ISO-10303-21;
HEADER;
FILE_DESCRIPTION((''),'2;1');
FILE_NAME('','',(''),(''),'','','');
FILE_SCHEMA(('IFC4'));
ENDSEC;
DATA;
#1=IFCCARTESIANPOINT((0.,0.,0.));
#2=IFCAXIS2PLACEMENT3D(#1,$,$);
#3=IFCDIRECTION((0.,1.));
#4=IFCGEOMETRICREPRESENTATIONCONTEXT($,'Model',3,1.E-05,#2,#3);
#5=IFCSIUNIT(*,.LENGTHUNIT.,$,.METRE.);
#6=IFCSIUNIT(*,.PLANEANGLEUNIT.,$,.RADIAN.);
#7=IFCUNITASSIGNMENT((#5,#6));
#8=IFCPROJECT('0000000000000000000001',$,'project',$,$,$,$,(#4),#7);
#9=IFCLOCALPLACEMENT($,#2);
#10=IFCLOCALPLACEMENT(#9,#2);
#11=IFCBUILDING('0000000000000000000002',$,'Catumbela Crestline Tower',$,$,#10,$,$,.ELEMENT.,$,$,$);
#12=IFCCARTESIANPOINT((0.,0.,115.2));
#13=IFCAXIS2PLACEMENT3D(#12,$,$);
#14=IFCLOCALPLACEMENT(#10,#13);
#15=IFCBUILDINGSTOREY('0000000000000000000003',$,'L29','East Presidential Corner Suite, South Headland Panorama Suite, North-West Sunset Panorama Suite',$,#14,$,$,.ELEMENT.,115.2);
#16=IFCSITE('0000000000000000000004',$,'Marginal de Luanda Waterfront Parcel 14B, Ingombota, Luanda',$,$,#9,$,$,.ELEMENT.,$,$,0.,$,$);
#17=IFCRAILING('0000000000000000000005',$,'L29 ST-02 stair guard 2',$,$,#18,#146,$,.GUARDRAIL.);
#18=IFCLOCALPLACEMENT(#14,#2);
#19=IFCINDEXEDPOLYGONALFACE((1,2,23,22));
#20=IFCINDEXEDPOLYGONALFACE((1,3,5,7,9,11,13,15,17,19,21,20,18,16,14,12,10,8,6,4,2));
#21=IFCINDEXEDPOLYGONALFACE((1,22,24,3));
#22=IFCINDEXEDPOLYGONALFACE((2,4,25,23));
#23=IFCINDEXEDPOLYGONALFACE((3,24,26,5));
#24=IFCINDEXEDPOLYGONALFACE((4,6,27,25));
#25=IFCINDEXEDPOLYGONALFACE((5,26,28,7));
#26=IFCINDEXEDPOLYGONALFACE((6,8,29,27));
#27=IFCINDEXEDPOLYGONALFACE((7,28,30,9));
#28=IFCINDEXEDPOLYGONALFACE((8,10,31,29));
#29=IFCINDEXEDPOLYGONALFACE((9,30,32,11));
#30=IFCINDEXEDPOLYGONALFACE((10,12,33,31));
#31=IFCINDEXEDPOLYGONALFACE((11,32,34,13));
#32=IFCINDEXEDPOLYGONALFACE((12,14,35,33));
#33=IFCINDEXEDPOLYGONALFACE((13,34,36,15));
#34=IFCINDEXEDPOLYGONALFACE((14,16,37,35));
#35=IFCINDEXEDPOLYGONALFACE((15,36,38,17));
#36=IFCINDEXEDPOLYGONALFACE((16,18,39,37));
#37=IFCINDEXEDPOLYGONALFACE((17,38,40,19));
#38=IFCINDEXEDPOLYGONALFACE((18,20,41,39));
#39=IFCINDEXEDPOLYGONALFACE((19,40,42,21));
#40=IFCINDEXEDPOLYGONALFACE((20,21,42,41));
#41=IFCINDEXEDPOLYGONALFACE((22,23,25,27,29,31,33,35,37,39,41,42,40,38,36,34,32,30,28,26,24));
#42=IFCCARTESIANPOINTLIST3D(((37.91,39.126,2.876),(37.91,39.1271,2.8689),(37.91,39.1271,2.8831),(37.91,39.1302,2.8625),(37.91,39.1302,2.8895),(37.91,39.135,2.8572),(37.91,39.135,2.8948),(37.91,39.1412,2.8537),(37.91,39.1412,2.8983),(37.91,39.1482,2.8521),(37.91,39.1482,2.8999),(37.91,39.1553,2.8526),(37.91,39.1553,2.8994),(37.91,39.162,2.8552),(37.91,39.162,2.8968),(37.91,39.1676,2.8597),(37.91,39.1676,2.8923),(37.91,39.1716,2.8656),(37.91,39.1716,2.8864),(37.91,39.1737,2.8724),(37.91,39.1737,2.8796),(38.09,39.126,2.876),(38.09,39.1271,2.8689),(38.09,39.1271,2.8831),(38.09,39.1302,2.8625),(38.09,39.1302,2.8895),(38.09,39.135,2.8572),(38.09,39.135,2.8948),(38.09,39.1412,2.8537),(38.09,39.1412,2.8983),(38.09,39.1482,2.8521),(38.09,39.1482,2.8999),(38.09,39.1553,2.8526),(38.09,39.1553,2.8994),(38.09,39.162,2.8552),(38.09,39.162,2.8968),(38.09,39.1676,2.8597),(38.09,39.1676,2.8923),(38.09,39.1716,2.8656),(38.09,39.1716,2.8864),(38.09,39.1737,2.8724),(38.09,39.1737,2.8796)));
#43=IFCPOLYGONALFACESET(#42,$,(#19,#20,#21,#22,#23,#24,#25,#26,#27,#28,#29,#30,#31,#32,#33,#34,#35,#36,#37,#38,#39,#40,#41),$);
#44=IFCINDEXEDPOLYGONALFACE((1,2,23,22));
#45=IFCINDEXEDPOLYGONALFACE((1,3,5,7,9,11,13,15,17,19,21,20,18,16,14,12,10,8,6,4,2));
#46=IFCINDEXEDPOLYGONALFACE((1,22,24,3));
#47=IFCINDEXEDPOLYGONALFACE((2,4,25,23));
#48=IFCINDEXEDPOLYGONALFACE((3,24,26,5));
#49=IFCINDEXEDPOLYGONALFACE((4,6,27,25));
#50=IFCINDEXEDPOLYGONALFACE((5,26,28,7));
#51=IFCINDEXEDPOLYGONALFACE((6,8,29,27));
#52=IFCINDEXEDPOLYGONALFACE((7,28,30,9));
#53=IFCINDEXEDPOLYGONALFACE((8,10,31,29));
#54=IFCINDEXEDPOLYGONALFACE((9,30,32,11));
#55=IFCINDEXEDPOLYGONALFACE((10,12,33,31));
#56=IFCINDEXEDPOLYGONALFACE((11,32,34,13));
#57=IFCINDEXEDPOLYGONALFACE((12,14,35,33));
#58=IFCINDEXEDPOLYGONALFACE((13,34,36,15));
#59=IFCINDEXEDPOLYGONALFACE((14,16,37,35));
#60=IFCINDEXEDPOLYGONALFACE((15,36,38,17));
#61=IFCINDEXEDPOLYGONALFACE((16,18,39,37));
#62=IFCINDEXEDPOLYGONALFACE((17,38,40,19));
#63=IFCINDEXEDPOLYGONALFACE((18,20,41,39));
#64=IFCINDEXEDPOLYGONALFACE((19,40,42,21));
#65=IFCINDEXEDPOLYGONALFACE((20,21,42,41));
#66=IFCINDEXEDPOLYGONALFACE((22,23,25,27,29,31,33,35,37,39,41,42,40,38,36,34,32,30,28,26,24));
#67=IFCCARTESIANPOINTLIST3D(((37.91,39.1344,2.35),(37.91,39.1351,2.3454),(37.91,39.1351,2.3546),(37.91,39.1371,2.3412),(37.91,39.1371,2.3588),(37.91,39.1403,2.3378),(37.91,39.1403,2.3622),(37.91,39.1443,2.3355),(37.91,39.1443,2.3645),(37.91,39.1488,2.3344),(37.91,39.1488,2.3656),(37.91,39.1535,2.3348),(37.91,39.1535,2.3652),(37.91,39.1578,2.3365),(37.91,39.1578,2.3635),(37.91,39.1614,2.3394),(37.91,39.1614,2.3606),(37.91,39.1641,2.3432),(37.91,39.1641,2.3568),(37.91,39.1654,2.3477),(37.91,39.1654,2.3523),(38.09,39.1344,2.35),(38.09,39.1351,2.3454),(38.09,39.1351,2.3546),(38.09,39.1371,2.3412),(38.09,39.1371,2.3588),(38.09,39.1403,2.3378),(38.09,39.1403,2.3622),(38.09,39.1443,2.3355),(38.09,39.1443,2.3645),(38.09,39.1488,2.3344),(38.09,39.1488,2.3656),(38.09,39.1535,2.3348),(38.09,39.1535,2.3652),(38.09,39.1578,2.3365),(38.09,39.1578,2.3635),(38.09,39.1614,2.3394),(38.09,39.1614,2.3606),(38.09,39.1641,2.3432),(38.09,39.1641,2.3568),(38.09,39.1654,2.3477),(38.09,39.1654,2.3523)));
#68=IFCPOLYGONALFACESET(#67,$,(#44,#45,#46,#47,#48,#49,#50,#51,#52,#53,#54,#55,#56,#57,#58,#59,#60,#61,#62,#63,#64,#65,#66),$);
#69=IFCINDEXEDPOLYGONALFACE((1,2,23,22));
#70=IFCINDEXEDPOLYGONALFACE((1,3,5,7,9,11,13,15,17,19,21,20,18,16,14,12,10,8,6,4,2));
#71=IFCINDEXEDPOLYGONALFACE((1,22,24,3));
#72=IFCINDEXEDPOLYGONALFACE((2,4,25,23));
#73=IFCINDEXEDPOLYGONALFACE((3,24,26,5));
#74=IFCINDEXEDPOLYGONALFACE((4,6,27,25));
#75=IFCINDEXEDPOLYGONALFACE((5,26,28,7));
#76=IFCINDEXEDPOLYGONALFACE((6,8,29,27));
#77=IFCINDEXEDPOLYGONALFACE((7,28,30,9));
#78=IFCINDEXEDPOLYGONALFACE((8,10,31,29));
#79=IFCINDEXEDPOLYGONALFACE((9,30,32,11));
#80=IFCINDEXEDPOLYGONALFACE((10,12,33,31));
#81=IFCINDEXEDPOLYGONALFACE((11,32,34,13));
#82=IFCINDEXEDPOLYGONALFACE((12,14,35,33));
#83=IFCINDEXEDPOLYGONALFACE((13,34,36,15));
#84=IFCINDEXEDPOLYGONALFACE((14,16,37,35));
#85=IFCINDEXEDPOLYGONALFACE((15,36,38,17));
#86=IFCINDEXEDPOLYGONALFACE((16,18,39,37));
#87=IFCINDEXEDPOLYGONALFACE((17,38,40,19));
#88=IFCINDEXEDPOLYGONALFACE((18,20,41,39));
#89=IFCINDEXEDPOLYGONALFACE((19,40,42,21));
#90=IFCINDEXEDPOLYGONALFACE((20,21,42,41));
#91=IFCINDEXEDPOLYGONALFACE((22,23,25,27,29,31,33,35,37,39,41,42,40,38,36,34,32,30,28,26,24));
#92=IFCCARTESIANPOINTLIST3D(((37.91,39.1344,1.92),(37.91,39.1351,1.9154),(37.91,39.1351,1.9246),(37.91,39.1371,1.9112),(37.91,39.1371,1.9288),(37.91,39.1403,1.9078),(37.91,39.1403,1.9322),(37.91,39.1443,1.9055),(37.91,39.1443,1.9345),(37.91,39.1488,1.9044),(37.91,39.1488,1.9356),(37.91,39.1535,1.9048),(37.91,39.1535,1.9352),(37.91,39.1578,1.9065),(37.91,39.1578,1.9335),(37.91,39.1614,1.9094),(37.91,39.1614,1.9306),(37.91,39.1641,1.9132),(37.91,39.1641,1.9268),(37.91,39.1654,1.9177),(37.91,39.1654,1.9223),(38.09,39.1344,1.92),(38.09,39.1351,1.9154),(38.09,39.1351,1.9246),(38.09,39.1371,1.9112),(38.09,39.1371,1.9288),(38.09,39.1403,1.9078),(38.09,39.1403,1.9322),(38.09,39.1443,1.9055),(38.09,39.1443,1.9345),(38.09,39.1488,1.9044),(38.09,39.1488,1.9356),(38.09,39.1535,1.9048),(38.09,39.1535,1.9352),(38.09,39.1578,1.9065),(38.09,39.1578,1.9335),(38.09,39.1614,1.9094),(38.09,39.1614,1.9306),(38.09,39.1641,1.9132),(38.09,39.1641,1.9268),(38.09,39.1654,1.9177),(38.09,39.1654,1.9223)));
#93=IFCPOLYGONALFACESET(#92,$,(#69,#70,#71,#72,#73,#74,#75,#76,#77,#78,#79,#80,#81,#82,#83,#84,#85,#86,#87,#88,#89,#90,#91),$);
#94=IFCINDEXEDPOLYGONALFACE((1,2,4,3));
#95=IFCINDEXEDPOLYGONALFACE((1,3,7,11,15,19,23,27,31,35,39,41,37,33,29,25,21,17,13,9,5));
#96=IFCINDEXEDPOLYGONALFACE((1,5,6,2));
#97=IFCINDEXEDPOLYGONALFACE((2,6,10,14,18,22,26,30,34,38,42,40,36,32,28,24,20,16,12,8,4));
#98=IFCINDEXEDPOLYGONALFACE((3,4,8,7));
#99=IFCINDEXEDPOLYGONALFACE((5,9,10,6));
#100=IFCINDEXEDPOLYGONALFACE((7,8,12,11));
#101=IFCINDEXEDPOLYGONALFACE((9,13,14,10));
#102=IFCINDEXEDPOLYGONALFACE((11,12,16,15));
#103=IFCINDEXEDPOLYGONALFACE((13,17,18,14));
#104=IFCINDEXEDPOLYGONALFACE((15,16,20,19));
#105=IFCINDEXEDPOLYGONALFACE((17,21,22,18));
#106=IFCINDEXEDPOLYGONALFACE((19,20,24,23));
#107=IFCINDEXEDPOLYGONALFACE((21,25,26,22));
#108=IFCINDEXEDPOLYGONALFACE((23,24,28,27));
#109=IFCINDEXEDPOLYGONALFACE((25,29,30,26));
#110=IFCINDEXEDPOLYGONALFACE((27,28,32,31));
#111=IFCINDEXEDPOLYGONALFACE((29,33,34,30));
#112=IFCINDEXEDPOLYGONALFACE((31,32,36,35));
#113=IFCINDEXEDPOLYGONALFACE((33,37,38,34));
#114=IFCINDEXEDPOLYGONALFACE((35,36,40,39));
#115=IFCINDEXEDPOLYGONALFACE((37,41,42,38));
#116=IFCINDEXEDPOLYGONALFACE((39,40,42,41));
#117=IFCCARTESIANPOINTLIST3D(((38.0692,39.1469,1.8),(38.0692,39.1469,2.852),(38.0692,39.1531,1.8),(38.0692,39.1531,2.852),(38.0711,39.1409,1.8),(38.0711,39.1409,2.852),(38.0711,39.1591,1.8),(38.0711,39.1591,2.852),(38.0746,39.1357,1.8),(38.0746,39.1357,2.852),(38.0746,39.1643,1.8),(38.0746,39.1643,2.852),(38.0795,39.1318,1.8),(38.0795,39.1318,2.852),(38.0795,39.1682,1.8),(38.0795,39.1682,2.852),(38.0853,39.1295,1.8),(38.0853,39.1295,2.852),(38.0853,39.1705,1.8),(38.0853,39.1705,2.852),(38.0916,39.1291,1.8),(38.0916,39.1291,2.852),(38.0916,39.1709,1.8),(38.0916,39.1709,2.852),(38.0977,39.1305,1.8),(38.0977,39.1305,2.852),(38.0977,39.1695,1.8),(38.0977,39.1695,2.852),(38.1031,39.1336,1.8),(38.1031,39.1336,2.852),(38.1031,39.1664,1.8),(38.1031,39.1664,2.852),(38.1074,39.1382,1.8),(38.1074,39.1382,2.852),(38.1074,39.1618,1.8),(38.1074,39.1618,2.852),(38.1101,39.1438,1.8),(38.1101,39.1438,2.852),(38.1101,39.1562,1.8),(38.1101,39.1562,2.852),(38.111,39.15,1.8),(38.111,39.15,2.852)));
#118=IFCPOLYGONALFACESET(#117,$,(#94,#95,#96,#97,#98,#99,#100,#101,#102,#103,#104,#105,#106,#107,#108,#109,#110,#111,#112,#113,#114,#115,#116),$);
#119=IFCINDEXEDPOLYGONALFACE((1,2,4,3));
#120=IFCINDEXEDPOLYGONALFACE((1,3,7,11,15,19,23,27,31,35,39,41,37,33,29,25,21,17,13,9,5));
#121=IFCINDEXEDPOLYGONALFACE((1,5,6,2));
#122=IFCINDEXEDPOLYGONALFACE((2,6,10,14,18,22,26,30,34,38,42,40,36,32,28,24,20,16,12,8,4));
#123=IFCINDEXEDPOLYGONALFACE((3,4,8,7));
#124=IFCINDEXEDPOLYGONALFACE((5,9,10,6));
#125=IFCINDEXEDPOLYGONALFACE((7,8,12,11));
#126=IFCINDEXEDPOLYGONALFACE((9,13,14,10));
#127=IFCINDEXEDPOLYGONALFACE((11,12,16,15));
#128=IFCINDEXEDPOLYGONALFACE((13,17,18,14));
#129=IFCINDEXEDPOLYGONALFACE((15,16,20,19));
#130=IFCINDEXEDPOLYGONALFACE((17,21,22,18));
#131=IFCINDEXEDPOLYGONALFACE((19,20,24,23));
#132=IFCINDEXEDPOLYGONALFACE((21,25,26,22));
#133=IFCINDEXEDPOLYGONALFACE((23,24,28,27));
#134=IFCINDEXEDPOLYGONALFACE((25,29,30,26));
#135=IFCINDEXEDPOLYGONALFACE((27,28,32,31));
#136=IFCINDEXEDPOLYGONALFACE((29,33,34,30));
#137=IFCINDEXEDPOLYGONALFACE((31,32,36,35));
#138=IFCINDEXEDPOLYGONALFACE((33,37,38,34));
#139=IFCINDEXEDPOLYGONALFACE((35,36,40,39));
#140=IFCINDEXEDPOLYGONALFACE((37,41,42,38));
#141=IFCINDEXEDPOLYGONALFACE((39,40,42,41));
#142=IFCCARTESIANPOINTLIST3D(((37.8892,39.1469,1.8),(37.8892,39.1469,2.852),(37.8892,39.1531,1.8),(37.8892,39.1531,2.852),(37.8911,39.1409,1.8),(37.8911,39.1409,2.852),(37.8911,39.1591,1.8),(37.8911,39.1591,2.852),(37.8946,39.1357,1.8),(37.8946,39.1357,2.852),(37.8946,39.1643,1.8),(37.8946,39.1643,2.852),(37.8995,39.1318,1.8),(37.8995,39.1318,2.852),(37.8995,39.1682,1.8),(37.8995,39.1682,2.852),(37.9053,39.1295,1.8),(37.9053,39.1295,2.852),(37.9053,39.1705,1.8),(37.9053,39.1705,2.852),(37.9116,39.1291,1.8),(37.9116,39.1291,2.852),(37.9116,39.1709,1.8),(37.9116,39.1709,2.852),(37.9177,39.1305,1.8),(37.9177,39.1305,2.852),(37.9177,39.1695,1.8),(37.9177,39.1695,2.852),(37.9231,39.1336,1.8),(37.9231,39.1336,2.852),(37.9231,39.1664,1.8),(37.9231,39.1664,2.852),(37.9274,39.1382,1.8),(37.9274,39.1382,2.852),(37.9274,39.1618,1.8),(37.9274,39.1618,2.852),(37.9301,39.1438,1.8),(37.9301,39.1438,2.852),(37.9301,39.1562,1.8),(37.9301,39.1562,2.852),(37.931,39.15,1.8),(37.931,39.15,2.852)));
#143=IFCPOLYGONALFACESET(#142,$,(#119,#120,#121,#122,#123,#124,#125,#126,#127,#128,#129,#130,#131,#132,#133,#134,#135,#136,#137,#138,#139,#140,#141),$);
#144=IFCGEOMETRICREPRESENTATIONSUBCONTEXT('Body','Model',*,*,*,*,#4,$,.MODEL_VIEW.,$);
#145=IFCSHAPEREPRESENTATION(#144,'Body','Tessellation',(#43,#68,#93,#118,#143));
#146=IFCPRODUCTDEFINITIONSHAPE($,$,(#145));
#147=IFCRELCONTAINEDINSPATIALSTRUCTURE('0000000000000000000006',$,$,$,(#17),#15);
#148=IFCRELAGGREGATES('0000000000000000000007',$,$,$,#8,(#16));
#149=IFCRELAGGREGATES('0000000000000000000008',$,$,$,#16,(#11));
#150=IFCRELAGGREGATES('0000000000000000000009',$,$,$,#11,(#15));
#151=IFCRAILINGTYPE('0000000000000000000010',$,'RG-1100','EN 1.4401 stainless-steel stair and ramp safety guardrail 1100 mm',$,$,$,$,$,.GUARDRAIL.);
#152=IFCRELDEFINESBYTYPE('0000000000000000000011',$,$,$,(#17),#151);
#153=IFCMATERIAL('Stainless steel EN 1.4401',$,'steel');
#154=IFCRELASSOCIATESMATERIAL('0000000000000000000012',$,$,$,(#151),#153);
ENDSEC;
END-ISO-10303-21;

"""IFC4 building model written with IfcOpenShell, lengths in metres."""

from ifc_helpers import new_model, si_unit, direction, frame, origin, origin_2d, place, context, subcontext, project, spatial, circle, extrude, material, type_object, element, save


model = new_model("IFC4")

# Units and contexts
model_context = context("Model", 3, precision=1e-05, world=origin(), true_north=direction((0.0, 1.0)))
body_context = subcontext(model_context, "Body", "Model", "MODEL_VIEW")
ifc_project = project(units=[si_unit("LENGTHUNIT", "METRE"), si_unit("PLANEANGLEUNIT", "RADIAN")], contexts=[model_context])

# Site, building, storey
site_placement = place(None, origin())
site = spatial("IfcSite", under=ifc_project, at=site_placement, Name="Marginal de Luanda Waterfront Parcel 14B, Ingombota, Luanda", CompositionType="ELEMENT", RefElevation=0.0)
building_placement = place(site_placement, origin())
building = spatial("IfcBuilding", under=site, at=building_placement, Name="Catumbela Crestline Tower", CompositionType="ELEMENT")
storey_placement = place(building_placement, frame((0.0, 0.0, 115.2)))
storey = spatial("IfcBuildingStorey", under=building, at=storey_placement, Name="L29", Description="East Presidential Corner Suite, South Headland Panorama Suite, North-West Sunset Panorama Suite", CompositionType="ELEMENT", Elevation=115.2)

# Shared definitions
ifc_material_1 = material(Name="Stainless steel EN 1.4401", Category="steel")

# Railing
railing_type_1 = type_object("IfcRailingType", Name="RG-1100", Description="EN 1.4401 stainless-steel stair and ramp safety guardrail 1100 mm", PredefinedType="GUARDRAIL", material=ifc_material_1)
railing_1_placement = place(storey_placement, frame((38.09, 39.15, 1.8)))
element("IfcRailing", 1, at=railing_1_placement, inside=storey, type_object=railing_type_1, Name="L29 ST-02 stair guard 2", PredefinedType="GUARDRAIL", context=body_context, shape_type="SweptSolid", body=[
    extrude(circle(Radius=0.024, at=origin_2d()), frame((0.0, 0.0, 1.076), z_axis=(-1.0, 0.0, 0.0), x_axis=(0.0, -1.0, 0.0)), (0.0, 0.0, 1.0), 0.18),
    extrude(circle(Radius=0.0156, at=origin_2d()), frame((0.0, 0.0, 0.55), z_axis=(-1.0, 0.0, 0.0), x_axis=(0.0, -1.0, 0.0)), (0.0, 0.0, 1.0), 0.18),
    extrude(circle(Radius=0.0156, at=origin_2d()), frame((0.0, 0.0, 0.12), z_axis=(-1.0, 0.0, 0.0), x_axis=(0.0, -1.0, 0.0)), (0.0, 0.0, 1.0), 0.18),
    extrude(circle(Radius=0.021, at=origin_2d()), origin(), (0.0, 0.0, 1.0), 1.052),
    extrude(circle(Radius=0.021, at=origin_2d()), frame((-0.18, 0.0, 0.0)), (0.0, 0.0, 1.0), 1.052),
])

save(model, "model.ifc")
